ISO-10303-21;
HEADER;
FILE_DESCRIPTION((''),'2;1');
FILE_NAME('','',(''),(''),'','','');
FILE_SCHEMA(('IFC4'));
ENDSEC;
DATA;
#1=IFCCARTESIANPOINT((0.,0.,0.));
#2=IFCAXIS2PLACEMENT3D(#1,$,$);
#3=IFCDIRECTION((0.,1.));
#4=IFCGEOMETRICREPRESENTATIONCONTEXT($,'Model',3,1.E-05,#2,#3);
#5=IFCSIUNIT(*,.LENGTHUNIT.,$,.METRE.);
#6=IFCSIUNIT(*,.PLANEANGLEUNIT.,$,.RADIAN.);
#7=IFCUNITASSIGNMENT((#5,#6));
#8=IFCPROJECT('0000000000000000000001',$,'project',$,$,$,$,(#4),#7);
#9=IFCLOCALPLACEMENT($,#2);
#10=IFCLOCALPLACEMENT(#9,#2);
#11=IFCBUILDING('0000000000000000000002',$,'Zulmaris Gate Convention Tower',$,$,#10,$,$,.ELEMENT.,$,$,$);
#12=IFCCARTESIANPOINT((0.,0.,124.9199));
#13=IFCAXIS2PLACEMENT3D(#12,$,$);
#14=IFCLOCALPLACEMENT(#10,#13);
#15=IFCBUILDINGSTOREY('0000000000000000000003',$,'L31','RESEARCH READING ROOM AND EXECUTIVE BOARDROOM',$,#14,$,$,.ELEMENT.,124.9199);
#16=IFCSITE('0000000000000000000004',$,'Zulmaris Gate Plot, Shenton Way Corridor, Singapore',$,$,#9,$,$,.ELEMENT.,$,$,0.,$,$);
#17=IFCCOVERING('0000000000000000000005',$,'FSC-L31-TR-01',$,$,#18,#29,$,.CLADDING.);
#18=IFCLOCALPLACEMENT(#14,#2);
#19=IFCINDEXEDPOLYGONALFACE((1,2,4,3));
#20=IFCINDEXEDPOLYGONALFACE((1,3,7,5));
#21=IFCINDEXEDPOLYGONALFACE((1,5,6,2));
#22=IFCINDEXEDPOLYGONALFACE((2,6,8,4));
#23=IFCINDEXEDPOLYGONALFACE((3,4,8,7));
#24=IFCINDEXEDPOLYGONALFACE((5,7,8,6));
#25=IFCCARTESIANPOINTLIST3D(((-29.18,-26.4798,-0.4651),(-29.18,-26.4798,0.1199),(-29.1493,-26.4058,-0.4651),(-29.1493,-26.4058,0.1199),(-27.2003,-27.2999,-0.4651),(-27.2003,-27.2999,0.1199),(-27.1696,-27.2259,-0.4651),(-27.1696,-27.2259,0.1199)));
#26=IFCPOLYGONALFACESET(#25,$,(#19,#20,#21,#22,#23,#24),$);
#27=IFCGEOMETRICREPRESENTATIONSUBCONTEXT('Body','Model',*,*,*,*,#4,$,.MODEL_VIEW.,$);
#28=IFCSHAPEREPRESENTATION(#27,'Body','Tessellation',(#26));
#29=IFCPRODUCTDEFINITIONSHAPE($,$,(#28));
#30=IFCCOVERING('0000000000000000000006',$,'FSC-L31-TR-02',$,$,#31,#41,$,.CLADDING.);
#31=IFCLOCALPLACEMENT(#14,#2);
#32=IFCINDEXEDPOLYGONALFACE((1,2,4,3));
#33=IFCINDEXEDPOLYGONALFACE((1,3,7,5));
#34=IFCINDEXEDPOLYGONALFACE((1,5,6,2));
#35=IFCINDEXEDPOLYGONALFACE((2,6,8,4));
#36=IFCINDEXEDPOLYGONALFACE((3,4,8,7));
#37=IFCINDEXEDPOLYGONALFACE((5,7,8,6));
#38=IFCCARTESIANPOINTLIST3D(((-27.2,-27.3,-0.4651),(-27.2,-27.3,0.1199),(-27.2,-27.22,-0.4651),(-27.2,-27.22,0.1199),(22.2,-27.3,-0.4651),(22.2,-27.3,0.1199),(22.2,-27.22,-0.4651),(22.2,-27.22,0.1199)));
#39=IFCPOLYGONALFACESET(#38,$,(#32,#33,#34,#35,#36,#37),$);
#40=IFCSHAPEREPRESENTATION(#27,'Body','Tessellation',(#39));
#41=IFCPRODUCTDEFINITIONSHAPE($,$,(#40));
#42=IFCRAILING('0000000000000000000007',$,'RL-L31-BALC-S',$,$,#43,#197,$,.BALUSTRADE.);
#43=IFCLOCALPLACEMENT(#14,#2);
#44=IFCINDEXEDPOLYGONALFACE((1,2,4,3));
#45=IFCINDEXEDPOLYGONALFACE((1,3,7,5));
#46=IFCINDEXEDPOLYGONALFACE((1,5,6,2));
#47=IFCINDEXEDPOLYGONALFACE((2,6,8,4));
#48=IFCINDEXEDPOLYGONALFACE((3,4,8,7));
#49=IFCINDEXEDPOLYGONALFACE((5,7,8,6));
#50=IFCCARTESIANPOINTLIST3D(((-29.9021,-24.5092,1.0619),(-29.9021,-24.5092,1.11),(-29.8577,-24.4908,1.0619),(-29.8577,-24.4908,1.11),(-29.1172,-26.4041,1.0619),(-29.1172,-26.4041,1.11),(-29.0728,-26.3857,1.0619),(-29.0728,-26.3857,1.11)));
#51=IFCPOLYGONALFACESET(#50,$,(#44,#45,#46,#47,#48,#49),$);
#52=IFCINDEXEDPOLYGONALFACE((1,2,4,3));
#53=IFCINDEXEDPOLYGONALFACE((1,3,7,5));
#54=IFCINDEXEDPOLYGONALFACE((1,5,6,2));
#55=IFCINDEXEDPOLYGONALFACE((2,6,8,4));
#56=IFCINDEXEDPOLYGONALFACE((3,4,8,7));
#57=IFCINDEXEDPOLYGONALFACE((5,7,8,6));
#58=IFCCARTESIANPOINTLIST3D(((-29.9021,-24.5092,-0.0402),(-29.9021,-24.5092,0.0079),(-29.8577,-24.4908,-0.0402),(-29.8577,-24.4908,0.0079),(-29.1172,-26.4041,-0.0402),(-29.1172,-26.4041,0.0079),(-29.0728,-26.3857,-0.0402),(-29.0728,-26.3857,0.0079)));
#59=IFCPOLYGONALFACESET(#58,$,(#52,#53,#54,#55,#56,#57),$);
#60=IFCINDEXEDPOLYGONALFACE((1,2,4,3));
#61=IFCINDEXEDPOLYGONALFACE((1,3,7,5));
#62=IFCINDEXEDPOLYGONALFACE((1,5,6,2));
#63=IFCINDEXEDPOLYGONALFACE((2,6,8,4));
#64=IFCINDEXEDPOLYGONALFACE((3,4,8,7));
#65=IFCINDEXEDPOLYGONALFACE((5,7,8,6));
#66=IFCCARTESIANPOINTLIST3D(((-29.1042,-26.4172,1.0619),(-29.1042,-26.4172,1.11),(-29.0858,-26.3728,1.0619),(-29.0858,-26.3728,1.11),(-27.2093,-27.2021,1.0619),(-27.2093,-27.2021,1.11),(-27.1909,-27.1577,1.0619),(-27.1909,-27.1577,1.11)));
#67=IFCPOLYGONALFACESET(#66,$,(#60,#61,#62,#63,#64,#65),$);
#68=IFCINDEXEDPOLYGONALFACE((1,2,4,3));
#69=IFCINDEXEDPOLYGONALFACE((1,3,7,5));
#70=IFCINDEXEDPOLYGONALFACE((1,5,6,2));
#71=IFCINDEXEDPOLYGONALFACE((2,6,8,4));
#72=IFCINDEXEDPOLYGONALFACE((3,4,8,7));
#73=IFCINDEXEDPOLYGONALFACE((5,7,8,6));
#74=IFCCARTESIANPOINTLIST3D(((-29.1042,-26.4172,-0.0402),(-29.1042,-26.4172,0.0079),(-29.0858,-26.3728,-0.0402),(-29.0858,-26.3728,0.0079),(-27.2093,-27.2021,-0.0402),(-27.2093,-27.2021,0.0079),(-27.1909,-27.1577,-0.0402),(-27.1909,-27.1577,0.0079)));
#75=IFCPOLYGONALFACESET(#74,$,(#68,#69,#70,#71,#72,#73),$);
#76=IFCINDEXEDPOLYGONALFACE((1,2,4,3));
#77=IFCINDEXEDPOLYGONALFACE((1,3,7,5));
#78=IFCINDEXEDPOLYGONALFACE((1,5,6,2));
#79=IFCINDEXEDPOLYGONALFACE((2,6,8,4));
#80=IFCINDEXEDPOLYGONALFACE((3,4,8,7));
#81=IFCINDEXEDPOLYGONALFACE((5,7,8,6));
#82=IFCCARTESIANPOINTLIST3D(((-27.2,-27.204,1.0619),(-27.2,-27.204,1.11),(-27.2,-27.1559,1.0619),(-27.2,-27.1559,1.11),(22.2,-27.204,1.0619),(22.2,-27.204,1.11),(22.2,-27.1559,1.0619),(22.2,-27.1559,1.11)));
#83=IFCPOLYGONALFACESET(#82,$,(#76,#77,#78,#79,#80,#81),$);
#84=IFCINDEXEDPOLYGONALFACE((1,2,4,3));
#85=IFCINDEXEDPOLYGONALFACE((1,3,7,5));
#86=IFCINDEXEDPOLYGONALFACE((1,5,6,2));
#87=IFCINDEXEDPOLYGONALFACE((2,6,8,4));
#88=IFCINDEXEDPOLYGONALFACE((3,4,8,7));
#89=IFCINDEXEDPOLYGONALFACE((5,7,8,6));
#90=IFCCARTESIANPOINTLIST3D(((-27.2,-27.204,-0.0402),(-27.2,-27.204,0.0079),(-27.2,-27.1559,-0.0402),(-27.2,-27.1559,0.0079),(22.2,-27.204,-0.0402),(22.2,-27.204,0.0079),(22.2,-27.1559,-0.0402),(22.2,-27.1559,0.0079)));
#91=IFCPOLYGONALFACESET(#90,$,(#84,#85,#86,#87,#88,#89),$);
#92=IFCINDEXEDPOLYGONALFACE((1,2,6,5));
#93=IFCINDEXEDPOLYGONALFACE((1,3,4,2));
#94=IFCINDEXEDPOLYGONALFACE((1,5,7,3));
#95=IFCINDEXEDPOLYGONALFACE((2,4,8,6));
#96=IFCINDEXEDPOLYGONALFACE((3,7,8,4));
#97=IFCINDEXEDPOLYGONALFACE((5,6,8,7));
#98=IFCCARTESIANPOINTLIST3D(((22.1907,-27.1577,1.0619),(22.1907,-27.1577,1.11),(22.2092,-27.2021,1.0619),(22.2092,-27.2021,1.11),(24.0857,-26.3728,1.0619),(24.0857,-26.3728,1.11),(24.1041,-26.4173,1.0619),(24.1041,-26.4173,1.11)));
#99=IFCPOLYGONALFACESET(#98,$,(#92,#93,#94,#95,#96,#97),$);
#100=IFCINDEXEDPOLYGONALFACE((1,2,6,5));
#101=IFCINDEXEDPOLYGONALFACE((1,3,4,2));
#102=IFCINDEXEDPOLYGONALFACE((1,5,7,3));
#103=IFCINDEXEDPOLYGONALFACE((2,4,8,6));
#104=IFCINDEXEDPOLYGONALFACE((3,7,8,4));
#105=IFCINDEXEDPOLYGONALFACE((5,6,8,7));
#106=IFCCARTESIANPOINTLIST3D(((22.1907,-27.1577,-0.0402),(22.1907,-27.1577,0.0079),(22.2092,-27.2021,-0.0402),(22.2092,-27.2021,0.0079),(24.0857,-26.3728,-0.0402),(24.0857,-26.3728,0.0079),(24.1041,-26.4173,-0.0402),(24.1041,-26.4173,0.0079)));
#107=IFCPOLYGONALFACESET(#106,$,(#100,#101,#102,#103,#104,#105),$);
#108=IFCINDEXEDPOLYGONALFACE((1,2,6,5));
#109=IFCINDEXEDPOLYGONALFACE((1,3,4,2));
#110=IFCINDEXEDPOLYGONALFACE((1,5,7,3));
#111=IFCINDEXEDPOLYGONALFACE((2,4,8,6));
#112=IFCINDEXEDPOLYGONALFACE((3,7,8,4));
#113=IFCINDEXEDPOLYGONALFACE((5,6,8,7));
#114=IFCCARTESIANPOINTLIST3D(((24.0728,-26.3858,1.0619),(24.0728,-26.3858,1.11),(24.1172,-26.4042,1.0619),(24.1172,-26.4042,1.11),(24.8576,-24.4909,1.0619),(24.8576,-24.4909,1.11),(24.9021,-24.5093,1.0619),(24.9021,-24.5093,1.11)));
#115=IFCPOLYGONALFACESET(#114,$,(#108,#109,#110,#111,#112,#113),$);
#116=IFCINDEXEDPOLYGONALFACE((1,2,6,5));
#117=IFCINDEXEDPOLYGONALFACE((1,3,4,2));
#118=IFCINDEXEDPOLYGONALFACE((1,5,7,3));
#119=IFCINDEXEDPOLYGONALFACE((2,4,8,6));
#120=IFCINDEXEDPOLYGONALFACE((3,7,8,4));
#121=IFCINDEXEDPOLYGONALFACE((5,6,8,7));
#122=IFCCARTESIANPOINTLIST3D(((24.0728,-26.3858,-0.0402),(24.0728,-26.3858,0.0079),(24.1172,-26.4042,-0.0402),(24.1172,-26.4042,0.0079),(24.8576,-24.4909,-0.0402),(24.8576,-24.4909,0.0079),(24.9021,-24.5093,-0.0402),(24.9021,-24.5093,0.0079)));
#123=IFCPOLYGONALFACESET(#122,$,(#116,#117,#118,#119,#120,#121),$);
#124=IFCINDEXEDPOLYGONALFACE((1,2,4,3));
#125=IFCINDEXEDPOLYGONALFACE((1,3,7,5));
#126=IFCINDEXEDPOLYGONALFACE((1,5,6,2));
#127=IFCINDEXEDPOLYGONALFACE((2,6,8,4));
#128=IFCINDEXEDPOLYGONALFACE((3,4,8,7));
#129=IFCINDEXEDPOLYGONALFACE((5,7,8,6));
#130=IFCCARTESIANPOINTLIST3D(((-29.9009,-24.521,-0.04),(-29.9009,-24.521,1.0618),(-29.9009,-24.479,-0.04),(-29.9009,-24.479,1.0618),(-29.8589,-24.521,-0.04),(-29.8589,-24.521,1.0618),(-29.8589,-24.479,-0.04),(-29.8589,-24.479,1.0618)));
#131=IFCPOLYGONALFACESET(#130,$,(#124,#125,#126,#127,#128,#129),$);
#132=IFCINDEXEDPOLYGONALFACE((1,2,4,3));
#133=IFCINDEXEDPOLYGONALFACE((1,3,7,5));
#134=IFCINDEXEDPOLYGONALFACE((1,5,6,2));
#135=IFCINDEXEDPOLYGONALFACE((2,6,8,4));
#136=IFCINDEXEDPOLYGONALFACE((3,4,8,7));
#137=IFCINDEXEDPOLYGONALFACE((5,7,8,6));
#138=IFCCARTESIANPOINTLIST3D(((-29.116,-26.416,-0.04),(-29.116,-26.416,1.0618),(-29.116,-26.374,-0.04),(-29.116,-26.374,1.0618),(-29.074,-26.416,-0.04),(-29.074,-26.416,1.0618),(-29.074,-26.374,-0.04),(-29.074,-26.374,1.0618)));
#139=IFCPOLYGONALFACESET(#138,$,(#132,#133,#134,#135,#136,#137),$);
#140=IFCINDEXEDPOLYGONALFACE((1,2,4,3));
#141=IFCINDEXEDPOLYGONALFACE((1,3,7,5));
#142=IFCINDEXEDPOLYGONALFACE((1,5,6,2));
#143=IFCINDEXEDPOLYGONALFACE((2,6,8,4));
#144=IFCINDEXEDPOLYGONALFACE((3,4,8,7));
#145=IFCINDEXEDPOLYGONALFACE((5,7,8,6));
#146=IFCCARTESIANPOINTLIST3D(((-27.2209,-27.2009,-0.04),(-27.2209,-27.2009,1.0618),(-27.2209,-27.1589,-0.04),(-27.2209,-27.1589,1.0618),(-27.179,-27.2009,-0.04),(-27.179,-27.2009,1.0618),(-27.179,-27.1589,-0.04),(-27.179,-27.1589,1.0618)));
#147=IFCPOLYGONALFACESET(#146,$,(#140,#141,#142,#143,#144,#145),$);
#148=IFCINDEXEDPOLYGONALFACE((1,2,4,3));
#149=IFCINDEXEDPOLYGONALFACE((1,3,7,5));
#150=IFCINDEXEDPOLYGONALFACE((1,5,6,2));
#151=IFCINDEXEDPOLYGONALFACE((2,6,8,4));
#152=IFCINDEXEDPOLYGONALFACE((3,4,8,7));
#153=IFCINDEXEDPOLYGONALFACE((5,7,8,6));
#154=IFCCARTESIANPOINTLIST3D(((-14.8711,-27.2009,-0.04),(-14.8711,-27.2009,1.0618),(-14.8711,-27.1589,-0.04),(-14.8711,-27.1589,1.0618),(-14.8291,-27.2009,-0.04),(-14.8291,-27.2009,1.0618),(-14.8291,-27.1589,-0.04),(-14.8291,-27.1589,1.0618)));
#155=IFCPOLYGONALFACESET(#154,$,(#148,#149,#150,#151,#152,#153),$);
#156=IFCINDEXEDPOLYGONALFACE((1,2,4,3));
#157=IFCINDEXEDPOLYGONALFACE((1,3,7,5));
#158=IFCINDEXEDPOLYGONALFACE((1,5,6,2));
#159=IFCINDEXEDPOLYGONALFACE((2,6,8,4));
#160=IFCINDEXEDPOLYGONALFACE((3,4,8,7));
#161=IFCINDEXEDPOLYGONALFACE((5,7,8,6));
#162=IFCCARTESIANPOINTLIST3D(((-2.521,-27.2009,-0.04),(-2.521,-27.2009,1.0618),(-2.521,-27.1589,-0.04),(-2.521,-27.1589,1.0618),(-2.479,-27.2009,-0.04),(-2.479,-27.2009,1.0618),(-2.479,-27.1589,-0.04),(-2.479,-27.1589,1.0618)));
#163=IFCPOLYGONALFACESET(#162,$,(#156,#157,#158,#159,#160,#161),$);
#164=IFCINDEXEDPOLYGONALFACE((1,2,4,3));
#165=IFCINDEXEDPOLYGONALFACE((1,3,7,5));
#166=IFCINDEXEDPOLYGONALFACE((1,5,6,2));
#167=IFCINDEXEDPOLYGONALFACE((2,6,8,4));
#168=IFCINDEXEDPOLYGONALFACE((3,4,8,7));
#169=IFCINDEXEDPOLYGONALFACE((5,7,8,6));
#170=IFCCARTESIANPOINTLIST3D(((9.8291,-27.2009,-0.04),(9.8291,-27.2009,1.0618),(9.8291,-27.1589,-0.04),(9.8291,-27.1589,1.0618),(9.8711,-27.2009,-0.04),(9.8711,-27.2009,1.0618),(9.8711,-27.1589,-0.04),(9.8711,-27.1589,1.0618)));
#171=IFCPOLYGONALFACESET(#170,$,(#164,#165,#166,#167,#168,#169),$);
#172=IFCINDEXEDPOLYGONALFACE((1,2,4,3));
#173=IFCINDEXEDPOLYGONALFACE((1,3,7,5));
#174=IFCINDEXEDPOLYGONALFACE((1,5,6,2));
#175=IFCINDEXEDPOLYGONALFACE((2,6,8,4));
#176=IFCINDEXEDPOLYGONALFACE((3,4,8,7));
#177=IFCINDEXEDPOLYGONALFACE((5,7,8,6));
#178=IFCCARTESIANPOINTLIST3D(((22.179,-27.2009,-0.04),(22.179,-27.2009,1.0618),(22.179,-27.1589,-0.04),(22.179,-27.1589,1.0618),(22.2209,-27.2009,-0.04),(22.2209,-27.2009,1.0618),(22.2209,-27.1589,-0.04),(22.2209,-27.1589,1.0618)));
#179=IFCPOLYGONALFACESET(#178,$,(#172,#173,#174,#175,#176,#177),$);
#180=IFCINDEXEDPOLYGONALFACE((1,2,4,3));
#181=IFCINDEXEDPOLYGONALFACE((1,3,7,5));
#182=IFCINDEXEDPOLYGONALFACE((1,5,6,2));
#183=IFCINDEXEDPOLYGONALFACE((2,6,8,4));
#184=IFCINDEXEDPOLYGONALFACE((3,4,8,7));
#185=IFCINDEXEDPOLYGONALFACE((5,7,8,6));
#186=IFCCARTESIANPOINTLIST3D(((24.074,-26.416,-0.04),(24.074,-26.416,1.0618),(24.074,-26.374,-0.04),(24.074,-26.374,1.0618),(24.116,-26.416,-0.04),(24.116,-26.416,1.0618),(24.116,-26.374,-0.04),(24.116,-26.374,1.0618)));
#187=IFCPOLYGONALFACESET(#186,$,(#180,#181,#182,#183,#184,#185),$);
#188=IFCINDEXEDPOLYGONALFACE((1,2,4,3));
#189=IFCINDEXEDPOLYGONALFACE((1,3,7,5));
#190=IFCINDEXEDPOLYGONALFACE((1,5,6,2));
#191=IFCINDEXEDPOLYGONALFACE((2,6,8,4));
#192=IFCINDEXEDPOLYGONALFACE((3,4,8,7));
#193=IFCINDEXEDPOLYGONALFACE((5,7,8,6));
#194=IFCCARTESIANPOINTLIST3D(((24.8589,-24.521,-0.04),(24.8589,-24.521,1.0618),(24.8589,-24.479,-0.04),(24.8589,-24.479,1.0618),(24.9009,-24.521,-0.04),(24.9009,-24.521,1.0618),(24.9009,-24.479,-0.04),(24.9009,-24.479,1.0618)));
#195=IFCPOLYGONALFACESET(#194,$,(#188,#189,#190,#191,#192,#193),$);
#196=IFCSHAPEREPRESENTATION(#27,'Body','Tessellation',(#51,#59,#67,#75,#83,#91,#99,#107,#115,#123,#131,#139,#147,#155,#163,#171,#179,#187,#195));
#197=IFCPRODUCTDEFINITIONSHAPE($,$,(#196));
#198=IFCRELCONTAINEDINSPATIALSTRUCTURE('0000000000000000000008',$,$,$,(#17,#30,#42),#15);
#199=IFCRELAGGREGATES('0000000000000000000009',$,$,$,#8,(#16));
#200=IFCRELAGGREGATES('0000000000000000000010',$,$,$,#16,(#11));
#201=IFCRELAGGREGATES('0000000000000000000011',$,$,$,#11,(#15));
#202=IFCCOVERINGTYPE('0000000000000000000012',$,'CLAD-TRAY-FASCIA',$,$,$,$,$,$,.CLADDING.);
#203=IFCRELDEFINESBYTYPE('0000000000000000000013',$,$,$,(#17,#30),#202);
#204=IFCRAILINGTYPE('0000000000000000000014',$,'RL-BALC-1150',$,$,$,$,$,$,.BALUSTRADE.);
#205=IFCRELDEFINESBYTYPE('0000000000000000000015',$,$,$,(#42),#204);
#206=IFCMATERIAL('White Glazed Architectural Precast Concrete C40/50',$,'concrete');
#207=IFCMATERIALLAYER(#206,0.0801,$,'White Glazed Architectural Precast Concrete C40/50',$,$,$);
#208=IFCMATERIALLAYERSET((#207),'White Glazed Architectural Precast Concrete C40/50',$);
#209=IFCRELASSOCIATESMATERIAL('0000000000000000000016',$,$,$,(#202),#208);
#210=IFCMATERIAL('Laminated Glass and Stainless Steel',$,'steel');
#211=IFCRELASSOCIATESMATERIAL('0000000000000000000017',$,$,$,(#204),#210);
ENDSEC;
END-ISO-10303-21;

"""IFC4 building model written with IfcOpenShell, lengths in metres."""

from ifc_helpers import new_model, si_unit, direction, frame, frame_2d, origin, origin_2d, place, context, subcontext, project, spatial, rectangle, extrude, material, layer, layer_set, type_object, element, save


model = new_model("IFC4")

# Units and contexts
model_context = context("Model", 3, precision=1e-05, world=origin(), true_north=direction((0.0, 1.0)))
body_context = subcontext(model_context, "Body", "Model", "MODEL_VIEW")
ifc_project = project(units=[si_unit("LENGTHUNIT", "METRE"), si_unit("PLANEANGLEUNIT", "RADIAN")], contexts=[model_context])

# Site, building, storey
site_placement = place(None, origin())
site = spatial("IfcSite", under=ifc_project, at=site_placement, Name="Zulmaris Gate Plot, Shenton Way Corridor, Singapore", CompositionType="ELEMENT", RefElevation=0.0)
building_placement = place(site_placement, origin())
building = spatial("IfcBuilding", under=site, at=building_placement, Name="Zulmaris Gate Convention Tower", CompositionType="ELEMENT")
storey_placement = place(building_placement, frame((0.0, 0.0, 124.9199)))
storey = spatial("IfcBuildingStorey", under=building, at=storey_placement, Name="L31", Description="RESEARCH READING ROOM AND EXECUTIVE BOARDROOM", CompositionType="ELEMENT", Elevation=124.9199)

# Coverings
ifc_material_1 = material(Name="White Glazed Architectural Precast Concrete C40/50", Category="concrete")
ifc_layer_1 = layer(ifc_material_1, 0.0801, Name="White Glazed Architectural Precast Concrete C40/50")
ifc_layer_set_1 = layer_set([ifc_layer_1], Name="White Glazed Architectural Precast Concrete C40/50")
covering_type_1 = type_object("IfcCoveringType", Name="CLAD-TRAY-FASCIA", PredefinedType="CLADDING", material=ifc_layer_set_1)
covering_1_placement = place(storey_placement, frame((-29.1646, -26.4429, -0.4651), z_axis=(0.0, 0.0, 1.0), x_axis=(0.923874, -0.382697, 0.0)))
element("IfcCovering", 1, at=covering_1_placement, inside=storey, type_object=covering_type_1, Name="FSC-L31-TR-01", PredefinedType="CLADDING", context=body_context, shape_type="SweptSolid", body=[
    extrude(rectangle(XDim=2.1428, YDim=0.0801, at=frame_2d((1.0713, 0.0))), origin(), (0.0, 0.0, 1.0), 0.585),
])
covering_2_placement = place(storey_placement, frame((-27.2, -27.26, -0.4651), z_axis=(0.0, 0.0, 1.0), x_axis=(1.0, 0.0, 0.0)))
element("IfcCovering", 2, at=covering_2_placement, inside=storey, type_object=covering_type_1, Name="FSC-L31-TR-02", PredefinedType="CLADDING", context=body_context, shape_type="SweptSolid", body=[
    extrude(rectangle(XDim=49.3999, YDim=0.0801, at=frame_2d((24.7, 0.0))), origin(), (0.0, 0.0, 1.0), 0.585),
])

# Railing
ifc_material_2 = material(Name="Laminated Glass and Stainless Steel", Category="steel")
railing_type = type_object("IfcRailingType", Name="RL-BALC-1150", PredefinedType="BALUSTRADE", material=ifc_material_2)
railing_placement = place(storey_placement, frame((-29.8799, -24.5, -0.04)))
element("IfcRailing", 3, at=railing_placement, inside=storey, type_object=railing_type, Name="RL-L31-BALC-S", PredefinedType="BALUSTRADE", context=body_context, shape_type="SweptSolid", body=[
    extrude(rectangle(XDim=0.0481, YDim=0.0481, at=origin_2d()), frame((0.0, 0.0, 1.126), z_axis=(0.382671, -0.923885, 0.0), x_axis=(0.923885, 0.382671, 0.0)), (0.0, 0.0, 1.0), 2.051),
    extrude(rectangle(XDim=0.0481, YDim=0.0481, at=origin_2d()), frame((0.0, 0.0, 0.0239), z_axis=(0.382671, -0.923885, 0.0), x_axis=(0.923885, 0.382671, 0.0)), (0.0, 0.0, 1.0), 2.051),
    extrude(rectangle(XDim=0.0481, YDim=0.0481, at=origin_2d()), frame((0.7849, -1.895, 1.126), z_axis=(0.923885, -0.382671, 0.0), x_axis=(0.382671, 0.923885, 0.0)), (0.0, 0.0, 1.0), 2.051),
    extrude(rectangle(XDim=0.0481, YDim=0.0481, at=origin_2d()), frame((0.7849, -1.895, 0.0239), z_axis=(0.923885, -0.382671, 0.0), x_axis=(0.382671, 0.923885, 0.0)), (0.0, 0.0, 1.0), 2.051),
    extrude(rectangle(XDim=0.0481, YDim=0.0481, at=origin_2d()), frame((2.6799, -2.6799, 1.126), z_axis=(1.0, 0.0, 0.0), x_axis=(0.0, 1.0, 0.0)), (0.0, 0.0, 1.0), 49.3999),
    extrude(rectangle(XDim=0.0481, YDim=0.0481, at=origin_2d()), frame((2.6799, -2.6799, 0.0239), z_axis=(1.0, 0.0, 0.0), x_axis=(0.0, 1.0, 0.0)), (0.0, 0.0, 1.0), 49.3999),
    extrude(rectangle(XDim=0.0481, YDim=0.0481, at=origin_2d()), frame((52.0798, -2.6799, 1.126), z_axis=(0.923885, 0.382671, 0.0), x_axis=(-0.382671, 0.923885, 0.0)), (0.0, 0.0, 1.0), 2.051),
    extrude(rectangle(XDim=0.0481, YDim=0.0481, at=origin_2d()), frame((52.0798, -2.6799, 0.0239), z_axis=(0.923885, 0.382671, 0.0), x_axis=(-0.382671, 0.923885, 0.0)), (0.0, 0.0, 1.0), 2.051),
    extrude(rectangle(XDim=0.0481, YDim=0.0481, at=origin_2d()), frame((53.9749, -1.895, 1.126), z_axis=(0.382671, 0.923885, 0.0), x_axis=(-0.923885, 0.382671, 0.0)), (0.0, 0.0, 1.0), 2.051),
    extrude(rectangle(XDim=0.0481, YDim=0.0481, at=origin_2d()), frame((53.9749, -1.895, 0.0239), z_axis=(0.382671, 0.923885, 0.0), x_axis=(-0.923885, 0.382671, 0.0)), (0.0, 0.0, 1.0), 2.051),
    extrude(rectangle(XDim=0.042, YDim=0.042, at=origin_2d()), origin(), (0.0, 0.0, 1.0), 1.1018),
    extrude(rectangle(XDim=0.042, YDim=0.042, at=origin_2d()), frame((0.7849, -1.895, 0.0)), (0.0, 0.0, 1.0), 1.1018),
    extrude(rectangle(XDim=0.042, YDim=0.042, at=origin_2d()), frame((2.6799, -2.6799, 0.0)), (0.0, 0.0, 1.0), 1.1018),
    extrude(rectangle(XDim=0.042, YDim=0.042, at=origin_2d()), frame((15.0298, -2.6799, 0.0)), (0.0, 0.0, 1.0), 1.1018),
    extrude(rectangle(XDim=0.042, YDim=0.042, at=origin_2d()), frame((27.3799, -2.6799, 0.0)), (0.0, 0.0, 1.0), 1.1018),
    extrude(rectangle(XDim=0.042, YDim=0.042, at=origin_2d()), frame((39.73, -2.6799, 0.0)), (0.0, 0.0, 1.0), 1.1018),
    extrude(rectangle(XDim=0.042, YDim=0.042, at=origin_2d()), frame((52.0798, -2.6799, 0.0)), (0.0, 0.0, 1.0), 1.1018),
    extrude(rectangle(XDim=0.042, YDim=0.042, at=origin_2d()), frame((53.9749, -1.895, 0.0)), (0.0, 0.0, 1.0), 1.1018),
    extrude(rectangle(XDim=0.042, YDim=0.042, at=origin_2d()), frame((54.7598, 0.0, 0.0)), (0.0, 0.0, 1.0), 1.1018),
])

save(model, "model.ifc")
